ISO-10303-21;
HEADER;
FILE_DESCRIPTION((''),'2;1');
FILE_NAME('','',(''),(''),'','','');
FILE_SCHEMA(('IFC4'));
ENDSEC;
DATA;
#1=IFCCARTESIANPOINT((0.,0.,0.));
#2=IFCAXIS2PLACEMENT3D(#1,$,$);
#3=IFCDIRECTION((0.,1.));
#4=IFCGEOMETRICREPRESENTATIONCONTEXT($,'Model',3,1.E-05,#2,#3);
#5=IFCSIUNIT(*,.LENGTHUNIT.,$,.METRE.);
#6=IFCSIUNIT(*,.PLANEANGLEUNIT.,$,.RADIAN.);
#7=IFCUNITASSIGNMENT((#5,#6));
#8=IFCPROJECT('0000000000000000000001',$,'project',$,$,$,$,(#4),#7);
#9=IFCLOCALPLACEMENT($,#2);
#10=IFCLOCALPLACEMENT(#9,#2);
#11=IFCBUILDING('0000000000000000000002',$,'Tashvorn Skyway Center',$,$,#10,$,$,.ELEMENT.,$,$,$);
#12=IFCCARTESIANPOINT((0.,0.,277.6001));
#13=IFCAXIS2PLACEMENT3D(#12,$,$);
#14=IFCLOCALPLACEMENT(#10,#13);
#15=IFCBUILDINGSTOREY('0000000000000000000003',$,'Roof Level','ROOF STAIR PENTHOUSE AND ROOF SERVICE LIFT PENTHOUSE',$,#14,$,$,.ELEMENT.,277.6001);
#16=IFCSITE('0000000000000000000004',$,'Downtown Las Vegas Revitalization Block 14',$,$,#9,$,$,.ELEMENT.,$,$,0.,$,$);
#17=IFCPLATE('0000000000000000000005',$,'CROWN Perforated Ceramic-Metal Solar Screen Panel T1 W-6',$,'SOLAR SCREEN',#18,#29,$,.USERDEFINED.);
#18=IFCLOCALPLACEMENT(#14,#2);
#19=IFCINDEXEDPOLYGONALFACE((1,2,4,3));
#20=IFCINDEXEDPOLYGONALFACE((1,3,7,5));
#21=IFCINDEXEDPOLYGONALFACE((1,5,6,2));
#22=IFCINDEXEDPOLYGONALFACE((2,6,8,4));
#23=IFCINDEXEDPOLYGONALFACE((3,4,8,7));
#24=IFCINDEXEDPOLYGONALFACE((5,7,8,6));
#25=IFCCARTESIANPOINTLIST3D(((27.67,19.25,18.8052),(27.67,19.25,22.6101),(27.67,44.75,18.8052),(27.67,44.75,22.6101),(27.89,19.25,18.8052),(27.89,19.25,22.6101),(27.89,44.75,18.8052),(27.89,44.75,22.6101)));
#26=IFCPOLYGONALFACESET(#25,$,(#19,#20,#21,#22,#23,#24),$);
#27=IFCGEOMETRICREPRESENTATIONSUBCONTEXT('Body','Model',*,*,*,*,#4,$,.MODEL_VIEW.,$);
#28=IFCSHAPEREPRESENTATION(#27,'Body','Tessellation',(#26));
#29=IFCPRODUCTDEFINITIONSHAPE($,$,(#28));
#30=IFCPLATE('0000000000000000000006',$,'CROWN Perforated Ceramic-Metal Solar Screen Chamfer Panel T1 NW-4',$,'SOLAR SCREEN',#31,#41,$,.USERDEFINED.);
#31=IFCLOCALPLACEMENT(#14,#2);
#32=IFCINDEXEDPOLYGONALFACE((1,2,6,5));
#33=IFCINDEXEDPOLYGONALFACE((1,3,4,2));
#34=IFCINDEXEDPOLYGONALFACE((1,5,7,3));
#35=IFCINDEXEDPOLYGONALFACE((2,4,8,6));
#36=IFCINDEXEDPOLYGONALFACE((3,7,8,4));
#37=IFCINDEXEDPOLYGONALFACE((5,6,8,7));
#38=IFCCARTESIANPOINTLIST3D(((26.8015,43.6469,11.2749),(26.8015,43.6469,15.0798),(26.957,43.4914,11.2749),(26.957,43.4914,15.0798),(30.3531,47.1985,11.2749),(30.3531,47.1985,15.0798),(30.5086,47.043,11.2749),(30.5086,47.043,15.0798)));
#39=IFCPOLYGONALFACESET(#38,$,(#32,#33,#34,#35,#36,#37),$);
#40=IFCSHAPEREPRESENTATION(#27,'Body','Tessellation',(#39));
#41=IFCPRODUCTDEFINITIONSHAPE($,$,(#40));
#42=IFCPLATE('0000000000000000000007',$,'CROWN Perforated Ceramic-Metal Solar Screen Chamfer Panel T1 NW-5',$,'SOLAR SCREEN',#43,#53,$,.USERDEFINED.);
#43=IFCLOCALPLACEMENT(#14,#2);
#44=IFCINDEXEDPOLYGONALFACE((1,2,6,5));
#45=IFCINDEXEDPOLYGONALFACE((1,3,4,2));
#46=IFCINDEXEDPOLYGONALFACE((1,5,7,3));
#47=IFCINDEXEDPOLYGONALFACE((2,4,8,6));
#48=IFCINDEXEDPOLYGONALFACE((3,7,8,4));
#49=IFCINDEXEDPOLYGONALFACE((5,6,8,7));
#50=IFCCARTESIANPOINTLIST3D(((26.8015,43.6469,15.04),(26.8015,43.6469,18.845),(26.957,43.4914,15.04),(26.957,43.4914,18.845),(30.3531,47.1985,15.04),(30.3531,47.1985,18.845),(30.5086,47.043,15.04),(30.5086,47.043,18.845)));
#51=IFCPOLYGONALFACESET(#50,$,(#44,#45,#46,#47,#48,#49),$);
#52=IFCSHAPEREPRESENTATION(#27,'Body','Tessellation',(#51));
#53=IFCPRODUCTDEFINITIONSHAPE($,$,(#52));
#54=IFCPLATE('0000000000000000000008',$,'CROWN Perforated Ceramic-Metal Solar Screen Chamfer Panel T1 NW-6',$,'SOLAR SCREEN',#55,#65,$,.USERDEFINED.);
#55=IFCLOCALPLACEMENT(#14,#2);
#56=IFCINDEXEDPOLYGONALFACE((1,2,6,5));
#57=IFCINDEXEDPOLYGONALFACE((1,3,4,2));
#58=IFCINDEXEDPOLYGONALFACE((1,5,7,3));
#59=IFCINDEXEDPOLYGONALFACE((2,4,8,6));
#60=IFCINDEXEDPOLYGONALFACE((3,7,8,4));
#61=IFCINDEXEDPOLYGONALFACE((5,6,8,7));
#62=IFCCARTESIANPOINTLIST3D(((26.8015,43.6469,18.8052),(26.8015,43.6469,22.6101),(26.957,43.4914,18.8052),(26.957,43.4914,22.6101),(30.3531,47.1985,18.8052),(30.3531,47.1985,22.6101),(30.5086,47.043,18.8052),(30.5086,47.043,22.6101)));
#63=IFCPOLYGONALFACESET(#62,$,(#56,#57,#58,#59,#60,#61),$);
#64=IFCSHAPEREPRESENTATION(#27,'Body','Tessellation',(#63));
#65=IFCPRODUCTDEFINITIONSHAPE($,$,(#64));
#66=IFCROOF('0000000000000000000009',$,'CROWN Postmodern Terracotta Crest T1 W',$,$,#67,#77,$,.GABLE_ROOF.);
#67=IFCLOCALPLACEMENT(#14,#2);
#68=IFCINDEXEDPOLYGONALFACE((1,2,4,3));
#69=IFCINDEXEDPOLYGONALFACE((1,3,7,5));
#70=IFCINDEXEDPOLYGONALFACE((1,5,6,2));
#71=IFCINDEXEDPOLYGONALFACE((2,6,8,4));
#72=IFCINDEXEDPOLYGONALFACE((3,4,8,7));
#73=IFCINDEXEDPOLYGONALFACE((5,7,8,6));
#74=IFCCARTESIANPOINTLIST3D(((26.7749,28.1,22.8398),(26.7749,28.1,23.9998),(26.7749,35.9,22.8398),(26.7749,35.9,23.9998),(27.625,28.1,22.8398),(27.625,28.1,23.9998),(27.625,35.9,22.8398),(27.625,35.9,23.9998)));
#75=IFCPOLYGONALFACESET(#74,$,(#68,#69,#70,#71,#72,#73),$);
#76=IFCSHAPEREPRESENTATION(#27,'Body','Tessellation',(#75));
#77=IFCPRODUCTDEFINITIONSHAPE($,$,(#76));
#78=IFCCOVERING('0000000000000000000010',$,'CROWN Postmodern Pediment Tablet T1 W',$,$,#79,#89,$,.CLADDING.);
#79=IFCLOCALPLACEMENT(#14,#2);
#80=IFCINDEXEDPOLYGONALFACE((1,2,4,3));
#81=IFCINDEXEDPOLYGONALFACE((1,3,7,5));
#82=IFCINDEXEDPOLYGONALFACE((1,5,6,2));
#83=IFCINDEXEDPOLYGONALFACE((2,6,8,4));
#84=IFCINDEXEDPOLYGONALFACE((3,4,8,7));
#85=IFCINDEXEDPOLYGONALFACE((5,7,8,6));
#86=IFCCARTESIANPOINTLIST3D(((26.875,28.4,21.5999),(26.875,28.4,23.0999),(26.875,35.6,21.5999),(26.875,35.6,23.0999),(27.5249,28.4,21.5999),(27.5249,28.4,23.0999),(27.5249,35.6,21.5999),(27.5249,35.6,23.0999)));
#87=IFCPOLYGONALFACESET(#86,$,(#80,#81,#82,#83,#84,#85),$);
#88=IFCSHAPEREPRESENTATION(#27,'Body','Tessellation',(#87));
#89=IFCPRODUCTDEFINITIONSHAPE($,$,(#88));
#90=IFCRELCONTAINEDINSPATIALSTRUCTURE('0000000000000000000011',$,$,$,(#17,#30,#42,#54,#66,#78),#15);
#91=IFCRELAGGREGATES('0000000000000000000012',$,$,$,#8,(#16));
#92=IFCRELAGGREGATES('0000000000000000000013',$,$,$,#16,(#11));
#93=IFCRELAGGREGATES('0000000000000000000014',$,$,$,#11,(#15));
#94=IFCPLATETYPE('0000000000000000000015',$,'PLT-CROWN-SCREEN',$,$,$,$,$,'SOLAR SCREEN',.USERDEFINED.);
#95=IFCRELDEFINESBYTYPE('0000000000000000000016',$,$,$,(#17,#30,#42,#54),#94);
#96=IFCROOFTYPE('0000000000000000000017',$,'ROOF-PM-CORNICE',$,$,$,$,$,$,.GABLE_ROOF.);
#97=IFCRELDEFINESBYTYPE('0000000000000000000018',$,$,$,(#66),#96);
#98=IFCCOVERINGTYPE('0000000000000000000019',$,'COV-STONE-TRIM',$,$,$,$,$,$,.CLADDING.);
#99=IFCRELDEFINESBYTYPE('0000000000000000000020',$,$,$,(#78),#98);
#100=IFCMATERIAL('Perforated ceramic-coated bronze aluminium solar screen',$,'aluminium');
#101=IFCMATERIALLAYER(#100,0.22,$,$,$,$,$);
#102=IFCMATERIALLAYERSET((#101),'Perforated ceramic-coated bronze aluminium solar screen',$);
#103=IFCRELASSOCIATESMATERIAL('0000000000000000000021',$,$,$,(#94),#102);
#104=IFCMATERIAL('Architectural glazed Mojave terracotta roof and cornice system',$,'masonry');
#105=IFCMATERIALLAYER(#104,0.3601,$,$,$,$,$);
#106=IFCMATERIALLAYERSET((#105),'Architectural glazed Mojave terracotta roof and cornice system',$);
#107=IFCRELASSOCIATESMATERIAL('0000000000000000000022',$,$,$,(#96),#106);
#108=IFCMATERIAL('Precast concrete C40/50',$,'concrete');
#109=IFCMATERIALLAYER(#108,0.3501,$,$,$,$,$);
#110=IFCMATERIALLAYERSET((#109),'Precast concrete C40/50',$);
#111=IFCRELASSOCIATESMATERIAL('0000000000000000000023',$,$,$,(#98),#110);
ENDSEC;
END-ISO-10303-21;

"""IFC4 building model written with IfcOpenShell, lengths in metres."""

from ifc_helpers import new_model, si_unit, direction, frame, origin, origin_2d, place, context, subcontext, project, spatial, rectangle, extrude, material, layer, layer_set, type_object, element, save


model = new_model("IFC4")

# Units and contexts
model_context = context("Model", 3, precision=1e-05, world=origin(), true_north=direction((0.0, 1.0)))
body_context = subcontext(model_context, "Body", "Model", "MODEL_VIEW")
ifc_project = project(units=[si_unit("LENGTHUNIT", "METRE"), si_unit("PLANEANGLEUNIT", "RADIAN")], contexts=[model_context])

# Site, building, storey
site_placement = place(None, origin())
site = spatial("IfcSite", under=ifc_project, at=site_placement, Name="Downtown Las Vegas Revitalization Block 14", CompositionType="ELEMENT", RefElevation=0.0)
building_placement = place(site_placement, origin())
building = spatial("IfcBuilding", under=site, at=building_placement, Name="Tashvorn Skyway Center", CompositionType="ELEMENT")
storey_placement = place(building_placement, frame((0.0, 0.0, 277.6001)))
storey = spatial("IfcBuildingStorey", under=building, at=storey_placement, Name="Roof Level", Description="ROOF STAIR PENTHOUSE AND ROOF SERVICE LIFT PENTHOUSE", CompositionType="ELEMENT", Elevation=277.6001)

# Plates
ifc_material_1 = material(Name="Perforated ceramic-coated bronze aluminium solar screen", Category="aluminium")
ifc_layer_1 = layer(ifc_material_1, 0.22)
ifc_layer_set_1 = layer_set([ifc_layer_1], Name="Perforated ceramic-coated bronze aluminium solar screen")
plate_type_1 = type_object("IfcPlateType", Name="PLT-CROWN-SCREEN", ElementType="SOLAR SCREEN", PredefinedType="USERDEFINED", material=ifc_layer_set_1)
for number, where, z_axis, x_axis, name in (
    (1, (27.78, 32.0, 18.8052), (0.0, 0.0, 1.0), (0.0, -1.0, 0.0), "CROWN Perforated Ceramic-Metal Solar Screen Panel T1 W-6"),
):
    element("IfcPlate", number, at=place(storey_placement, frame(where, z_axis=z_axis, x_axis=x_axis)), inside=storey, type_object=plate_type_1, Name=name, ObjectType="SOLAR SCREEN", PredefinedType="USERDEFINED", context=body_context, shape_type="SweptSolid", body=[
        extrude(rectangle(XDim=25.5, YDim=0.22, at=origin_2d()), origin(), (0.0, 0.0, 1.0), 3.8049),
    ])
for number, where, z_axis, x_axis, name in (
    (2, (28.655, 45.345, 11.2749), (0.0, 0.0, 1.0), (-0.707107, -0.707107, 0.0), "CROWN Perforated Ceramic-Metal Solar Screen Chamfer Panel T1 NW-4"),
    (3, (28.655, 45.345, 15.04), (0.0, 0.0, 1.0), (-0.707107, -0.707107, 0.0), "CROWN Perforated Ceramic-Metal Solar Screen Chamfer Panel T1 NW-5"),
    (4, (28.655, 45.345, 18.8052), (0.0, 0.0, 1.0), (-0.707107, -0.707107, 0.0), "CROWN Perforated Ceramic-Metal Solar Screen Chamfer Panel T1 NW-6"),
):
    element("IfcPlate", number, at=place(storey_placement, frame(where, z_axis=z_axis, x_axis=x_axis)), inside=storey, type_object=plate_type_1, Name=name, ObjectType="SOLAR SCREEN", PredefinedType="USERDEFINED", context=body_context, shape_type="SweptSolid", body=[
        extrude(rectangle(XDim=5.0227, YDim=0.22, at=origin_2d()), origin(), (0.0, 0.0, 1.0), 3.8049),
    ])

# Roof
ifc_material_2 = material(Name="Architectural glazed Mojave terracotta roof and cornice system", Category="masonry")
ifc_layer_2 = layer(ifc_material_2, 0.3601)
ifc_layer_set_2 = layer_set([ifc_layer_2], Name="Architectural glazed Mojave terracotta roof and cornice system")
roof_type = type_object("IfcRoofType", Name="ROOF-PM-CORNICE", PredefinedType="GABLE_ROOF", material=ifc_layer_set_2)
roof_placement = place(storey_placement, frame((27.2, 32.0, 22.8398), z_axis=(0.0, 0.0, 1.0), x_axis=(0.0, -1.0, 0.0)))
element("IfcRoof", 5, at=roof_placement, inside=storey, type_object=roof_type, Name="CROWN Postmodern Terracotta Crest T1 W", PredefinedType="GABLE_ROOF", context=body_context, shape_type="SweptSolid", body=[
    extrude(rectangle(XDim=7.8, YDim=0.8501, at=origin_2d()), origin(), (0.0, 0.0, 1.0), 1.1599),
])

# Covering
ifc_material_3 = material(Name="Precast concrete C40/50", Category="concrete")
ifc_layer_3 = layer(ifc_material_3, 0.3501)
ifc_layer_set_3 = layer_set([ifc_layer_3], Name="Precast concrete C40/50")
covering_type = type_object("IfcCoveringType", Name="COV-STONE-TRIM", PredefinedType="CLADDING", material=ifc_layer_set_3)
covering_placement = place(storey_placement, frame((27.2, 32.0, 21.5999), z_axis=(0.0, 0.0, 1.0), x_axis=(0.0, -1.0, 0.0)))
element("IfcCovering", 6, at=covering_placement, inside=storey, type_object=covering_type, Name="CROWN Postmodern Pediment Tablet T1 W", PredefinedType="CLADDING", context=body_context, shape_type="SweptSolid", body=[
    extrude(rectangle(XDim=7.2, YDim=0.6499, at=origin_2d()), origin(), (0.0, 0.0, 1.0), 1.5),
])

save(model, "model.ifc")
